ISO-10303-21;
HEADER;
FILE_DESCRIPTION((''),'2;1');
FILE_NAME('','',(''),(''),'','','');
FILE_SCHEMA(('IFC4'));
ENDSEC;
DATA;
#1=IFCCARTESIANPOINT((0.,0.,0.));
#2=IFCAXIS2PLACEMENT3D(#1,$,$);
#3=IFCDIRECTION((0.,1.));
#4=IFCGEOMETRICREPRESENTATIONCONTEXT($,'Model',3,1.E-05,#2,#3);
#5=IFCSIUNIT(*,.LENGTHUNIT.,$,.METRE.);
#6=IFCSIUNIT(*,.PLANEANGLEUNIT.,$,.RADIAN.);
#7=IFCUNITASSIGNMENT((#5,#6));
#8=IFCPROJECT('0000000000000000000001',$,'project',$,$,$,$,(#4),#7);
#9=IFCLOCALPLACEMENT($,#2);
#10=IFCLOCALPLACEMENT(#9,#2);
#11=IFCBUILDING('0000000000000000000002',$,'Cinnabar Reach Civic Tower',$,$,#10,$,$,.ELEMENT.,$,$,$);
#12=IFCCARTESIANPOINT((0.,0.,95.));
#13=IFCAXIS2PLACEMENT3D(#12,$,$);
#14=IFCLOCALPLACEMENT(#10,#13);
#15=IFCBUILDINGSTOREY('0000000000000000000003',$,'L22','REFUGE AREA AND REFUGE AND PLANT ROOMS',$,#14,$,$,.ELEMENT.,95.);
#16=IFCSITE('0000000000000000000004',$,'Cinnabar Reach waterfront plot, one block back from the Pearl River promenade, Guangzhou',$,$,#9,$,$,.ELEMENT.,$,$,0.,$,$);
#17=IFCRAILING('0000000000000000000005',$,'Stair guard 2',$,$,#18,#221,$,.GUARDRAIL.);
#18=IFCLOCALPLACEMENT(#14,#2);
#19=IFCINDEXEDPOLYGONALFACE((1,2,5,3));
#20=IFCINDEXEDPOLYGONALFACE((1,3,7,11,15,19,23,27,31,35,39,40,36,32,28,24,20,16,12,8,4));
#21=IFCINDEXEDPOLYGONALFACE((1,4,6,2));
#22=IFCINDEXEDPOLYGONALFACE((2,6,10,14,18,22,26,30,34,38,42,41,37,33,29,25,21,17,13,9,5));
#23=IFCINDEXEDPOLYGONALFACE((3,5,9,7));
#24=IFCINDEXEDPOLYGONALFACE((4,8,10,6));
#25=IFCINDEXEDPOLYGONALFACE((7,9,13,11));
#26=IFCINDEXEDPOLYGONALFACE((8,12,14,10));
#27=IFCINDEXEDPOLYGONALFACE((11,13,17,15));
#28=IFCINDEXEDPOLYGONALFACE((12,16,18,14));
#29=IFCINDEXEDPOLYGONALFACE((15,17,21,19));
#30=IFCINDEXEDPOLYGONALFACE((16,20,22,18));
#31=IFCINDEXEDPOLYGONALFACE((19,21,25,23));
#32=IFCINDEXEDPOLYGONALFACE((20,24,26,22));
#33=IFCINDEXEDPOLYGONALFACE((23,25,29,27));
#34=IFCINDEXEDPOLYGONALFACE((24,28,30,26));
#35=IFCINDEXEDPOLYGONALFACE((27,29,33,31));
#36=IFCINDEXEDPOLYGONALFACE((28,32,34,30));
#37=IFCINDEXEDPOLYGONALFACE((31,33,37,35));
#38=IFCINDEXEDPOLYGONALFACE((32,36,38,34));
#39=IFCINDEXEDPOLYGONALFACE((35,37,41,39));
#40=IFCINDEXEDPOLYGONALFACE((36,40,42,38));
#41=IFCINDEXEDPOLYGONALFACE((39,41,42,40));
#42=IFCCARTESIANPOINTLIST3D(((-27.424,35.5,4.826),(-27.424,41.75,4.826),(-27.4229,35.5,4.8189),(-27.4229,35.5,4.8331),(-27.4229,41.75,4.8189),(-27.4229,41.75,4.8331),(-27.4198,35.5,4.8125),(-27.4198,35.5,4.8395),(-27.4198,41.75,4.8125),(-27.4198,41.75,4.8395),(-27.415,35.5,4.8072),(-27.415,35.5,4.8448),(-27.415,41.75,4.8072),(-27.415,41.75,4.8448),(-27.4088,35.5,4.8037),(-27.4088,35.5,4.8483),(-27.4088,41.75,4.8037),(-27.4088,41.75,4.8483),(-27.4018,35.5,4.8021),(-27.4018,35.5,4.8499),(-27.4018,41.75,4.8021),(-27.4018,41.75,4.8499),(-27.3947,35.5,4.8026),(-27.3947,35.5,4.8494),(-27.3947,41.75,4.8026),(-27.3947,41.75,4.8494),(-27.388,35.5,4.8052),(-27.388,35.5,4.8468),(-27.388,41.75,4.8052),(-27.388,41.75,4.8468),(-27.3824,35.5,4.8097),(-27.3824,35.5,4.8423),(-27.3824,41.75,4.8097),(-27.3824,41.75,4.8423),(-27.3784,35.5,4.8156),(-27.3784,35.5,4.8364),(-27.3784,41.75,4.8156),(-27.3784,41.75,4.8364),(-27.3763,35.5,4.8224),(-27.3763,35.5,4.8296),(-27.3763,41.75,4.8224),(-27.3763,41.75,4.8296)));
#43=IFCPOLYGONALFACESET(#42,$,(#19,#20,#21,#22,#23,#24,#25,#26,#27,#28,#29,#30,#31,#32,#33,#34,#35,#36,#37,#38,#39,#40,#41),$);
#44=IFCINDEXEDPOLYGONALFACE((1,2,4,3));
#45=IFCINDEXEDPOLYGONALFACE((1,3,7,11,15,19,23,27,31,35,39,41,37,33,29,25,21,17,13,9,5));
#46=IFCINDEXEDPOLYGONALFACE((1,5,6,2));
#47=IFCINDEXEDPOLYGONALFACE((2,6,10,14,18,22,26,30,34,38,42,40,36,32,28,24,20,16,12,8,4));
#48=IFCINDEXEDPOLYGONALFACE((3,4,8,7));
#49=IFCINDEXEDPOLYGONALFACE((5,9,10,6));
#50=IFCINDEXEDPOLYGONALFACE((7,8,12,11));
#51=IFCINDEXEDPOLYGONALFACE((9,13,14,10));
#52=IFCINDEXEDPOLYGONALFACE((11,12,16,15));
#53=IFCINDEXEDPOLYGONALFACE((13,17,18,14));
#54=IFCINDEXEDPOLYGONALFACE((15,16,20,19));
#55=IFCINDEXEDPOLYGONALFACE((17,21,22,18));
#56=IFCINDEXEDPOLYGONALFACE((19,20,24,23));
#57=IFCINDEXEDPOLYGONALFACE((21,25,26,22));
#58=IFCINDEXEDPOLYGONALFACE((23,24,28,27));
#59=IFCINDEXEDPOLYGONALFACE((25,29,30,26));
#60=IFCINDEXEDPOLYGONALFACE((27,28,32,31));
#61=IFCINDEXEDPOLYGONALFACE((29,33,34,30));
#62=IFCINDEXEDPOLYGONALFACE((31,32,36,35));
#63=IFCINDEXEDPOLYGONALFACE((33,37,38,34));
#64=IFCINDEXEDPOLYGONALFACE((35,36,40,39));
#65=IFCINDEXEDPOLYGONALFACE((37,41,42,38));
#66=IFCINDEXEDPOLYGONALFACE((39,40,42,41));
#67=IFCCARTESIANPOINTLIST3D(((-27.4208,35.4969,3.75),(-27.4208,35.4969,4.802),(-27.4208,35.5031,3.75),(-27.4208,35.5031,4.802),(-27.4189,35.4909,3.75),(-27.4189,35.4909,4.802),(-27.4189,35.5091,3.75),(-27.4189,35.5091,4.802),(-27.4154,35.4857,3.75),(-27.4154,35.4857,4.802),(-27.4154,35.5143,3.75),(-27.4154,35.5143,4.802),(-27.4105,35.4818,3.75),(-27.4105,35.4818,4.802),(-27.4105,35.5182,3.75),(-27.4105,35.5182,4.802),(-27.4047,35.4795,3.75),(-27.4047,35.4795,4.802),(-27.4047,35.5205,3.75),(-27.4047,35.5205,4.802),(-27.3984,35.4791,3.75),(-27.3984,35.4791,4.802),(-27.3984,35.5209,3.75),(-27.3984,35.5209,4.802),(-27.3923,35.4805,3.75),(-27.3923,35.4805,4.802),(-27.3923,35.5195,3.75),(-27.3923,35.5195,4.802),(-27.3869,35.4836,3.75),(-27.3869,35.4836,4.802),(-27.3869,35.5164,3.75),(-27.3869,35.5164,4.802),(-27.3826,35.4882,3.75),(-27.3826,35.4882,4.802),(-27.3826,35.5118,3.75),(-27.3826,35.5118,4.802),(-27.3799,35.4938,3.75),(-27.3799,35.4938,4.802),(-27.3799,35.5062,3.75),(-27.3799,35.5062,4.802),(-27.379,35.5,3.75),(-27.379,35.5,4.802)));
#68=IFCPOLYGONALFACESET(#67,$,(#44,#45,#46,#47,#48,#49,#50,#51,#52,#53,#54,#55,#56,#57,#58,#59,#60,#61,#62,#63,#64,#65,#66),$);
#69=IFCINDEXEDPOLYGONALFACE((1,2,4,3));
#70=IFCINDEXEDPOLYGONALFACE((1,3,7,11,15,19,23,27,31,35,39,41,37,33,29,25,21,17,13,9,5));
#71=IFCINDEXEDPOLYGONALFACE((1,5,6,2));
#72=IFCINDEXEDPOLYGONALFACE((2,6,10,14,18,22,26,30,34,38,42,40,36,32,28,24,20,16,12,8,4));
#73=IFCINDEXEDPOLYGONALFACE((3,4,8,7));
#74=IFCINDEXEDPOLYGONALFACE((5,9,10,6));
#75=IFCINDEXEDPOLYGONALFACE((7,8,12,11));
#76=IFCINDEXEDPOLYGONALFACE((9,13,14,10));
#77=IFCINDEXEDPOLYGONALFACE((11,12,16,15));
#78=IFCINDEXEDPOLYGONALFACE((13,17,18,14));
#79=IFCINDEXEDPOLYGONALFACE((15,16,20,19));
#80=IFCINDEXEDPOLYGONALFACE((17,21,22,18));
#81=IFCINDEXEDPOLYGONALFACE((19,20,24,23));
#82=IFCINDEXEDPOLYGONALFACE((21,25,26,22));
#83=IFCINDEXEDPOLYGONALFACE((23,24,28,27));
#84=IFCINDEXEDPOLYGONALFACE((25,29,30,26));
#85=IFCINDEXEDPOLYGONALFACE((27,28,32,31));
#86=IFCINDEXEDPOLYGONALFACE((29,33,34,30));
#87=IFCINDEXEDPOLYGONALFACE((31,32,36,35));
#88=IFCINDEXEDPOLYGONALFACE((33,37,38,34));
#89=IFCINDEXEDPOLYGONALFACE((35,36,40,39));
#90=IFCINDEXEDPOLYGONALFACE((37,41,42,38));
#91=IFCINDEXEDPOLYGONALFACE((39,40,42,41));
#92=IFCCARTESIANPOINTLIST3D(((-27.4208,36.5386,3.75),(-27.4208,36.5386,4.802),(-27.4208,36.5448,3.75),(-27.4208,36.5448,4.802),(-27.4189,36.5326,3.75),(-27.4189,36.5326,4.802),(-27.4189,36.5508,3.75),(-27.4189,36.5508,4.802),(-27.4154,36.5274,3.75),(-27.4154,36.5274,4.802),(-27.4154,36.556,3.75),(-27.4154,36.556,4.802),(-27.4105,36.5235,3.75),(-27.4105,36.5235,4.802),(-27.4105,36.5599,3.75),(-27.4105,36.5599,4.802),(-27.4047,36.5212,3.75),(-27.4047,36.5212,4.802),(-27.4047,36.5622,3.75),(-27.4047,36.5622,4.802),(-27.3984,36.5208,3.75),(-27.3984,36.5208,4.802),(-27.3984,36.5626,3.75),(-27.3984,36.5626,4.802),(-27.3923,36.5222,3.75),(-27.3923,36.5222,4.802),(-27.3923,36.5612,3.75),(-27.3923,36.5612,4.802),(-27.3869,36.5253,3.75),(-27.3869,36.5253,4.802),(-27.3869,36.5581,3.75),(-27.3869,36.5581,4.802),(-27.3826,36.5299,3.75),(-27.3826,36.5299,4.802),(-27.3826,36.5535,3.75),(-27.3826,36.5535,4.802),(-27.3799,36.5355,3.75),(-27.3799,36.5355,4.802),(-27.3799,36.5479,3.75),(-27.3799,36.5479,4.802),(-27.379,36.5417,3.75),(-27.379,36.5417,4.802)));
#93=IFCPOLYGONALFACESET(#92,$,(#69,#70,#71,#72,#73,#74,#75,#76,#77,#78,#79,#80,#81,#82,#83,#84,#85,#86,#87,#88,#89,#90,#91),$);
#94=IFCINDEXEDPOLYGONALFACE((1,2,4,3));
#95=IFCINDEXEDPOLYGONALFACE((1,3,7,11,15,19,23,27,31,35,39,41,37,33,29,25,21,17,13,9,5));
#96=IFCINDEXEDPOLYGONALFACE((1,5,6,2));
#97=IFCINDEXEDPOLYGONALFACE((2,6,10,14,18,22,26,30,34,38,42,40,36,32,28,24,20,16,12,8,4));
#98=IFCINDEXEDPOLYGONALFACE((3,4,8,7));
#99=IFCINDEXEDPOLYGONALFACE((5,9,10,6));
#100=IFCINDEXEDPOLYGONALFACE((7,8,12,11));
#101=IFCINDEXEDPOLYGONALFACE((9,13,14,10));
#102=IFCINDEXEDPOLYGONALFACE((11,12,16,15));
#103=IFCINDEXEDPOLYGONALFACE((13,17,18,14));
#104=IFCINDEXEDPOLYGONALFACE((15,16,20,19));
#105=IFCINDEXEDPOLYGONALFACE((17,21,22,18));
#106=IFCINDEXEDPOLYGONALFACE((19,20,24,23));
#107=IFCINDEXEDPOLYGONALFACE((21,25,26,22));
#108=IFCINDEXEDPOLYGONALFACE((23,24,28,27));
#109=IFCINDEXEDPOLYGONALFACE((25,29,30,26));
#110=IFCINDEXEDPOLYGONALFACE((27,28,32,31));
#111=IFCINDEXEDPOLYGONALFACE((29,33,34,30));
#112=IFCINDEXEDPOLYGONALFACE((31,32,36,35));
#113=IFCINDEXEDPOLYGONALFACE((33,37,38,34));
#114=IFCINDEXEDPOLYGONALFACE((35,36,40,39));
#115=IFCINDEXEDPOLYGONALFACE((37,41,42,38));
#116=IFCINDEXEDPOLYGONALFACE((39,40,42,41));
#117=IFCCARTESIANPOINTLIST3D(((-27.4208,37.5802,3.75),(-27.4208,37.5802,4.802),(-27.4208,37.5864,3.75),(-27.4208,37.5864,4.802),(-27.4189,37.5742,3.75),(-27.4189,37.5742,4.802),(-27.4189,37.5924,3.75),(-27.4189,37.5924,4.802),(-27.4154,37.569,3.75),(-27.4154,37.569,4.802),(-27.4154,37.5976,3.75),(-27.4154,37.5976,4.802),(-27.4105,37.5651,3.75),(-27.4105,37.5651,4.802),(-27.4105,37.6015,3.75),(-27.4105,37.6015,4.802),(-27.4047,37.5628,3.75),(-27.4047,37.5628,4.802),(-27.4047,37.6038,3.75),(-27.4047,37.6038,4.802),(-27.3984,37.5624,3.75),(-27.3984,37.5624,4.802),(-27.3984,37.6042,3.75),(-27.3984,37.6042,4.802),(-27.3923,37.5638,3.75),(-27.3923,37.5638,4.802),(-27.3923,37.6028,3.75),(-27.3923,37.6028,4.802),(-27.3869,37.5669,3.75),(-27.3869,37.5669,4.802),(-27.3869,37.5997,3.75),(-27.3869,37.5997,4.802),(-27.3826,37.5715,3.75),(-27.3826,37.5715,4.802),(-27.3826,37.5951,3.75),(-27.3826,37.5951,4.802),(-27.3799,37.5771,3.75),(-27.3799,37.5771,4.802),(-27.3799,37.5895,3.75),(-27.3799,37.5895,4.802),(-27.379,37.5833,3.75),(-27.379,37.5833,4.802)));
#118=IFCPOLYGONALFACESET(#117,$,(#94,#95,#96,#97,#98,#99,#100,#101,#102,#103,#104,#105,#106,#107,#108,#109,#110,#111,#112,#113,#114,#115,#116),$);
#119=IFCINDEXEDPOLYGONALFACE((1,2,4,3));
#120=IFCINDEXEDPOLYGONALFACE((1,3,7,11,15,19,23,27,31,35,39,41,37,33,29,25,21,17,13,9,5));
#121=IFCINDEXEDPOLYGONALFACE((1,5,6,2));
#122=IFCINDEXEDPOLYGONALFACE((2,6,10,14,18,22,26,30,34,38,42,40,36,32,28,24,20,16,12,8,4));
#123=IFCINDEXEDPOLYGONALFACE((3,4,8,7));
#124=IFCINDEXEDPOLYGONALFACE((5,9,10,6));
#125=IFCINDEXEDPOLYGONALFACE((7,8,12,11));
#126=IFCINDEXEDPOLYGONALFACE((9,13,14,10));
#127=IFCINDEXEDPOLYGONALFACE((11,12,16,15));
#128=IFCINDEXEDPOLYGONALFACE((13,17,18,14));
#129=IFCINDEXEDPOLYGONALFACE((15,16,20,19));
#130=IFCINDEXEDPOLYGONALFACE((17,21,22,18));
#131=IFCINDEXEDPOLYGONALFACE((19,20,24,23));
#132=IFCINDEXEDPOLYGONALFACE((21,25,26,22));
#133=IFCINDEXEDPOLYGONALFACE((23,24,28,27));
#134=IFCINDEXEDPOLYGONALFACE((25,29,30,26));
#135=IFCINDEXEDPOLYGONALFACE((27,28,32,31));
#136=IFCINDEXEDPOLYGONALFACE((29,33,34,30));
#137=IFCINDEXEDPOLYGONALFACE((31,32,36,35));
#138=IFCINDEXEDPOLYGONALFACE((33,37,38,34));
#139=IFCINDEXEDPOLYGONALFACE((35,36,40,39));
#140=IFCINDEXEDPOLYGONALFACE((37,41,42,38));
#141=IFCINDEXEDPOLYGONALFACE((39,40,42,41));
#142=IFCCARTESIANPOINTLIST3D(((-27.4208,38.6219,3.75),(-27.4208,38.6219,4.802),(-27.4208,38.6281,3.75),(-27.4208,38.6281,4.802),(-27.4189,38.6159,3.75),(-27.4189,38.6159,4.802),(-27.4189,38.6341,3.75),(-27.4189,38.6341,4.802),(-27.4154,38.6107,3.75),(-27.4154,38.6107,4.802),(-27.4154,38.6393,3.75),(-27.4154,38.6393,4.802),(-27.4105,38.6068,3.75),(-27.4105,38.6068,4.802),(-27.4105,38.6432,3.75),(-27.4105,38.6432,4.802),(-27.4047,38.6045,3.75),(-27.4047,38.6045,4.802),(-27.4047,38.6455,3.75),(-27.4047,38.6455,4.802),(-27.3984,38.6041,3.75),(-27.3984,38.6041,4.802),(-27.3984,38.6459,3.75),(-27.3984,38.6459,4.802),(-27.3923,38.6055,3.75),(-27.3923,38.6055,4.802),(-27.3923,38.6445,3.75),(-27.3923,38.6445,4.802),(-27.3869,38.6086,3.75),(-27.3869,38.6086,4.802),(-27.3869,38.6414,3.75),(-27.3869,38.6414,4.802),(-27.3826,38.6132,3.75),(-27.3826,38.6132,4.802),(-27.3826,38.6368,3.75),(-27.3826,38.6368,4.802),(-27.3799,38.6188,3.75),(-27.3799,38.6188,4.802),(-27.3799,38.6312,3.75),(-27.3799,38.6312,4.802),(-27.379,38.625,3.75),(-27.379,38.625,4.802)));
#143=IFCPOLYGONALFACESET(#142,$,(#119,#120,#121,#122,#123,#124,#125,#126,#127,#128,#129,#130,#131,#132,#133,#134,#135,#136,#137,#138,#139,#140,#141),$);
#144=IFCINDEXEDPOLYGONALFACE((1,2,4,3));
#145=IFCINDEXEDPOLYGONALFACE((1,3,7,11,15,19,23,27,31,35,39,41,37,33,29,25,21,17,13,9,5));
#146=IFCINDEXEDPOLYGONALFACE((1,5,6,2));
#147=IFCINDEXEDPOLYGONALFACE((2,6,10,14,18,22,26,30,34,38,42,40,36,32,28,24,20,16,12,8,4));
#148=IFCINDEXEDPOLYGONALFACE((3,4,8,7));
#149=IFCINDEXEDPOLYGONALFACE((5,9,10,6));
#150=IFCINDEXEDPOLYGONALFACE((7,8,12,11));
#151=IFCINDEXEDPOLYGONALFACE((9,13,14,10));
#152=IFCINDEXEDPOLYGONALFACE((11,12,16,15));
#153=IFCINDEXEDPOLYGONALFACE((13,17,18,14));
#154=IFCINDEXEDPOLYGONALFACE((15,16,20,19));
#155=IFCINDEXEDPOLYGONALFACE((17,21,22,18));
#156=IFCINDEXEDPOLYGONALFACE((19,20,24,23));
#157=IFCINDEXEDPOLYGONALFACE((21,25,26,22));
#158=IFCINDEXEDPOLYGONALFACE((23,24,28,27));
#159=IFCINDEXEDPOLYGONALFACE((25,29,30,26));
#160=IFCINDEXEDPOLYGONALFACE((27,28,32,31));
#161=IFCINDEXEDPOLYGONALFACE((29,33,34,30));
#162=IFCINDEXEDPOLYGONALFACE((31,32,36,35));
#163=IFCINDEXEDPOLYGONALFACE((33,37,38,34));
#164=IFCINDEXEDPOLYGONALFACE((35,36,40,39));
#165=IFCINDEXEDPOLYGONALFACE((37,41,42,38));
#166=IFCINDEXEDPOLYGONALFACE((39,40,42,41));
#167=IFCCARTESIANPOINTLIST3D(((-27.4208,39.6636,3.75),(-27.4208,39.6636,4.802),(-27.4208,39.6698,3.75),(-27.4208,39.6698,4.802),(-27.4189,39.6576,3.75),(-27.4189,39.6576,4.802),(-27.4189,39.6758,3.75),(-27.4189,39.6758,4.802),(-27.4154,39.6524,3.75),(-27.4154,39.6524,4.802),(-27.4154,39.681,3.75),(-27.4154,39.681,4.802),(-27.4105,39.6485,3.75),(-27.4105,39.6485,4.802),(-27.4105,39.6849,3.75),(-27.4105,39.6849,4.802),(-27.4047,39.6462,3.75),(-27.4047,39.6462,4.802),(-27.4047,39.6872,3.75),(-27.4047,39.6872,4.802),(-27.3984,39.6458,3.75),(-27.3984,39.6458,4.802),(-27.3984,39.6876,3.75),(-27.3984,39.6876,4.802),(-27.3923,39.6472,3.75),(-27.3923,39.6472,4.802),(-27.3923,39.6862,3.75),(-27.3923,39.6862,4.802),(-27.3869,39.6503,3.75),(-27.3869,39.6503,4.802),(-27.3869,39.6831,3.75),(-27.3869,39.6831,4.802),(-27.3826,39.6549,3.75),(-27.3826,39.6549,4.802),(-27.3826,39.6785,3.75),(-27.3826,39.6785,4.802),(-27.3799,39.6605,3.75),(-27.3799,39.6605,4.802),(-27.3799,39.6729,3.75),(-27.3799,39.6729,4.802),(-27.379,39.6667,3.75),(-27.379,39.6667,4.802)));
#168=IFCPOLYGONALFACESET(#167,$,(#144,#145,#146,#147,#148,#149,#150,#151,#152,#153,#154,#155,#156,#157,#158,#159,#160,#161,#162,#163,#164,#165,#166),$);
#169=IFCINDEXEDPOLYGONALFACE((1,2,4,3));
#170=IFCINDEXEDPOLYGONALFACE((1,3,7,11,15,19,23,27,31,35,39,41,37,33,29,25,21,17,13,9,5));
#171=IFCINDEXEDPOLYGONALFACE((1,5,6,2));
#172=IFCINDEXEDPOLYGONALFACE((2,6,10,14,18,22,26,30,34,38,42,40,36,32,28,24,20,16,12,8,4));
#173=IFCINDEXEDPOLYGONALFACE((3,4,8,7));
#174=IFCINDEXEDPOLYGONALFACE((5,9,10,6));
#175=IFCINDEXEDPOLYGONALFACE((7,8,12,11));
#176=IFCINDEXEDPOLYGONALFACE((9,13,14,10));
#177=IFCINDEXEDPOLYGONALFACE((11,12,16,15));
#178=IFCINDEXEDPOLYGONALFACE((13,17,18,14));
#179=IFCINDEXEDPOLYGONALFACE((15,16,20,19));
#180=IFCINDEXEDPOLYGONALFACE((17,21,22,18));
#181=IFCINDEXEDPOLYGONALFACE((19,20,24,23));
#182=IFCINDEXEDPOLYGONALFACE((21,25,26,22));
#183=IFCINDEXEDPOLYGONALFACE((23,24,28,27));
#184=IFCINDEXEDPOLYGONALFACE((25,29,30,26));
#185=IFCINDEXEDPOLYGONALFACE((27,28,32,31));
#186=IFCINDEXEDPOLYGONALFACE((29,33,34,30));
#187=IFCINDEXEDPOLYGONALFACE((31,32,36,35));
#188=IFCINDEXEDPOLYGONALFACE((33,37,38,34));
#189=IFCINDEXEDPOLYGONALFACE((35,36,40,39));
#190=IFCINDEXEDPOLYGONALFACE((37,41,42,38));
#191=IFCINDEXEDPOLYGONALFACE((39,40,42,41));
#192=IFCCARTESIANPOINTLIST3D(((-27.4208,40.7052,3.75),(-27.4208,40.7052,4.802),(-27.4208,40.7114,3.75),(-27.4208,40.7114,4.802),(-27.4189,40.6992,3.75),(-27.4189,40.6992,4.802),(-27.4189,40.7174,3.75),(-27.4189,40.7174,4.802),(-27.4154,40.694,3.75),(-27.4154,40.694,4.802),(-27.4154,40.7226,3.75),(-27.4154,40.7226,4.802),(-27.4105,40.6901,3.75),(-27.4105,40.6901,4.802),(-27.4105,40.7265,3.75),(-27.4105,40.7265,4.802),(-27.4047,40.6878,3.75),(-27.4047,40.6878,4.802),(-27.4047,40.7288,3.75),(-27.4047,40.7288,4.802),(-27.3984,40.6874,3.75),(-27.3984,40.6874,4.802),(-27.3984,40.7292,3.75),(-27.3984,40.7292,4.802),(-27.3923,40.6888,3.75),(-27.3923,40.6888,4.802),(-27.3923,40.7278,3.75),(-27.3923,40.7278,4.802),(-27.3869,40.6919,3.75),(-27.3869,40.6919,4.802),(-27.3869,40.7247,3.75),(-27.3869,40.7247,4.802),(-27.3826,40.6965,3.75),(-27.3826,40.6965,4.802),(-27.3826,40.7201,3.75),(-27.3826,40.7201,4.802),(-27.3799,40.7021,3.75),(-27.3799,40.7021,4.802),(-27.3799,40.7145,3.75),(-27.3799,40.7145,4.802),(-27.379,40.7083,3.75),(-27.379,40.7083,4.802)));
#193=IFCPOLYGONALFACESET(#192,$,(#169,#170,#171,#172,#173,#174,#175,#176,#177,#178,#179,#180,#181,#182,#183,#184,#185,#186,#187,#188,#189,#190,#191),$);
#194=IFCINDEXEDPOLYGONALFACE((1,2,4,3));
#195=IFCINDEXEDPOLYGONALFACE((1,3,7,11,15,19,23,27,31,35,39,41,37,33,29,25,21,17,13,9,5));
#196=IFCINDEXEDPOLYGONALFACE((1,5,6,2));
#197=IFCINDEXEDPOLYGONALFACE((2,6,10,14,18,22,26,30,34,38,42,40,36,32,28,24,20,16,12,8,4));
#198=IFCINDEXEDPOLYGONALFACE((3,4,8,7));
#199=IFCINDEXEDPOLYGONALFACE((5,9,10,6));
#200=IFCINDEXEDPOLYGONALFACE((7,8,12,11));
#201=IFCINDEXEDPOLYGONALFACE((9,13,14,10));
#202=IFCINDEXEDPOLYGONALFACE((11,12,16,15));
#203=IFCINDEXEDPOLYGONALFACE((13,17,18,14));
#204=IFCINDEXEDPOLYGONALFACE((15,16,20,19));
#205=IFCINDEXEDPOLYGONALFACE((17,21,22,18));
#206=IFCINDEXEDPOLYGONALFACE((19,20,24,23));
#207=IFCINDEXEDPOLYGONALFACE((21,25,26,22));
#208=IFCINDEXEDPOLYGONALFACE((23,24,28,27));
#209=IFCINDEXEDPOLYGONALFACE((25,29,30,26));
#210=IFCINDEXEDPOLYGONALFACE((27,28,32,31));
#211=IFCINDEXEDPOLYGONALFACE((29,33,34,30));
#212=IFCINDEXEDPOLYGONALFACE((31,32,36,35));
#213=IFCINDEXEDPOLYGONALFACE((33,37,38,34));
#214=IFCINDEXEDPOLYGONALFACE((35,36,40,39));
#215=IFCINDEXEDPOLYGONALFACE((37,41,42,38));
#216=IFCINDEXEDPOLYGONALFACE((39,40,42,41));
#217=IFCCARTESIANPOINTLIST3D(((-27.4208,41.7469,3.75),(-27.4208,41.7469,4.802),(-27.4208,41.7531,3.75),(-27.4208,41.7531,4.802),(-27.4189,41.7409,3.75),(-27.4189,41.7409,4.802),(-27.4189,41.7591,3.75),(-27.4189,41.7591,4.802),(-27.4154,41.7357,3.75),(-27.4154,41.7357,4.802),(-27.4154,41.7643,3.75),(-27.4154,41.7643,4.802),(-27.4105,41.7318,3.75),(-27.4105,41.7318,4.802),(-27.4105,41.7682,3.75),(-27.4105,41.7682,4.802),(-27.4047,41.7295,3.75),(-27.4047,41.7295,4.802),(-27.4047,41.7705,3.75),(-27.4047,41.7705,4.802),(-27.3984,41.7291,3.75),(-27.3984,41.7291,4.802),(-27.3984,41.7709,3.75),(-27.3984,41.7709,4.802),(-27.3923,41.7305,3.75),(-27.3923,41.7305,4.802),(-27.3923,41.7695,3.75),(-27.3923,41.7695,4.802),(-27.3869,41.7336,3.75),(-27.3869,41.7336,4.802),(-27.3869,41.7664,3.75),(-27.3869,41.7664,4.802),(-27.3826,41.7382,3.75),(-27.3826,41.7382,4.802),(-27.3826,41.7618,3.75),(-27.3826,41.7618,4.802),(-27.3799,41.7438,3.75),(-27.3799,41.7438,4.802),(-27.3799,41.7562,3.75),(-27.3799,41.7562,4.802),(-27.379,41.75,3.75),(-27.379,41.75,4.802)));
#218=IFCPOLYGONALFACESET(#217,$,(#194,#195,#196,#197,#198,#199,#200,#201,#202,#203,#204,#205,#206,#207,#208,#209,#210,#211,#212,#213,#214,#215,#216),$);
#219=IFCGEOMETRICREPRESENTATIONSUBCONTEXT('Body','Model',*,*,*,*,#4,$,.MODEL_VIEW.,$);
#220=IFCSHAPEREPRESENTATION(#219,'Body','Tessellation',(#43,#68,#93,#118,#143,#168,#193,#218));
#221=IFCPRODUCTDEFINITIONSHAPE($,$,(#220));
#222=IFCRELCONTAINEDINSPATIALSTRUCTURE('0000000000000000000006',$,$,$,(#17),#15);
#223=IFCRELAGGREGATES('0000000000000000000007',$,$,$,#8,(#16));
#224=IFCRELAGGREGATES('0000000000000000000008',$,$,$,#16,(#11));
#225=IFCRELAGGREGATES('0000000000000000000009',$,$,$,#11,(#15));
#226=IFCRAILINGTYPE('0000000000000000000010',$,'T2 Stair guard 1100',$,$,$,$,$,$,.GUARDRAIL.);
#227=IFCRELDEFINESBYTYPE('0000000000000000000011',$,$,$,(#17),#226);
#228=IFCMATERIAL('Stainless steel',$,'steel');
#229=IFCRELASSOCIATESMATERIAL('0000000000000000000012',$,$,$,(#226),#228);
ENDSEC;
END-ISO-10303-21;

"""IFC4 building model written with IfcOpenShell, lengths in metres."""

from ifc_helpers import new_model, si_unit, direction, frame, origin, origin_2d, place, context, subcontext, project, spatial, circle, extrude, material, type_object, element, save


model = new_model("IFC4")

# Units and contexts
model_context = context("Model", 3, precision=1e-05, world=origin(), true_north=direction((0.0, 1.0)))
body_context = subcontext(model_context, "Body", "Model", "MODEL_VIEW")
ifc_project = project(units=[si_unit("LENGTHUNIT", "METRE"), si_unit("PLANEANGLEUNIT", "RADIAN")], contexts=[model_context])

# Site, building, storey
site_placement = place(None, origin())
site = spatial("IfcSite", under=ifc_project, at=site_placement, Name="Cinnabar Reach waterfront plot, one block back from the Pearl River promenade, Guangzhou", CompositionType="ELEMENT", RefElevation=0.0)
building_placement = place(site_placement, origin())
building = spatial("IfcBuilding", under=site, at=building_placement, Name="Cinnabar Reach Civic Tower", CompositionType="ELEMENT")
storey_placement = place(building_placement, frame((0.0, 0.0, 95.0)))
storey = spatial("IfcBuildingStorey", under=building, at=storey_placement, Name="L22", Description="REFUGE AREA AND REFUGE AND PLANT ROOMS", CompositionType="ELEMENT", Elevation=95.0)

# Railing
ifc_material_1 = material(Name="Stainless steel", Category="steel")
railing_type = type_object("IfcRailingType", Name="T2 Stair guard 1100", PredefinedType="GUARDRAIL", material=ifc_material_1)
for number, where, name in (
    (1, (-27.4, 35.5, 3.75), "Stair guard 2"),
):
    element("IfcRailing", number, at=place(storey_placement, frame(where)), inside=storey, type_object=railing_type, Name=name, PredefinedType="GUARDRAIL", context=body_context, shape_type="SweptSolid", body=[
        extrude(circle(Radius=0.024, at=origin_2d()), frame((0.0, 0.0, 1.076), z_axis=(0.0, 1.0, 0.0), x_axis=(-1.0, 0.0, 0.0)), (0.0, 0.0, 1.0), 6.25),
        extrude(circle(Radius=0.021, at=origin_2d()), origin(), (0.0, 0.0, 1.0), 1.052),
        extrude(circle(Radius=0.021, at=origin_2d()), frame((0.0, 1.0417, 0.0)), (0.0, 0.0, 1.0), 1.052),
        extrude(circle(Radius=0.021, at=origin_2d()), frame((0.0, 2.0833, 0.0)), (0.0, 0.0, 1.0), 1.052),
        extrude(circle(Radius=0.021, at=origin_2d()), frame((0.0, 3.125, 0.0)), (0.0, 0.0, 1.0), 1.052),
        extrude(circle(Radius=0.021, at=origin_2d()), frame((0.0, 4.1667, 0.0)), (0.0, 0.0, 1.0), 1.052),
        extrude(circle(Radius=0.021, at=origin_2d()), frame((0.0, 5.2083, 0.0)), (0.0, 0.0, 1.0), 1.052),
        extrude(circle(Radius=0.021, at=origin_2d()), frame((0.0, 6.25, 0.0)), (0.0, 0.0, 1.0), 1.052),
    ])

save(model, "model.ifc")
